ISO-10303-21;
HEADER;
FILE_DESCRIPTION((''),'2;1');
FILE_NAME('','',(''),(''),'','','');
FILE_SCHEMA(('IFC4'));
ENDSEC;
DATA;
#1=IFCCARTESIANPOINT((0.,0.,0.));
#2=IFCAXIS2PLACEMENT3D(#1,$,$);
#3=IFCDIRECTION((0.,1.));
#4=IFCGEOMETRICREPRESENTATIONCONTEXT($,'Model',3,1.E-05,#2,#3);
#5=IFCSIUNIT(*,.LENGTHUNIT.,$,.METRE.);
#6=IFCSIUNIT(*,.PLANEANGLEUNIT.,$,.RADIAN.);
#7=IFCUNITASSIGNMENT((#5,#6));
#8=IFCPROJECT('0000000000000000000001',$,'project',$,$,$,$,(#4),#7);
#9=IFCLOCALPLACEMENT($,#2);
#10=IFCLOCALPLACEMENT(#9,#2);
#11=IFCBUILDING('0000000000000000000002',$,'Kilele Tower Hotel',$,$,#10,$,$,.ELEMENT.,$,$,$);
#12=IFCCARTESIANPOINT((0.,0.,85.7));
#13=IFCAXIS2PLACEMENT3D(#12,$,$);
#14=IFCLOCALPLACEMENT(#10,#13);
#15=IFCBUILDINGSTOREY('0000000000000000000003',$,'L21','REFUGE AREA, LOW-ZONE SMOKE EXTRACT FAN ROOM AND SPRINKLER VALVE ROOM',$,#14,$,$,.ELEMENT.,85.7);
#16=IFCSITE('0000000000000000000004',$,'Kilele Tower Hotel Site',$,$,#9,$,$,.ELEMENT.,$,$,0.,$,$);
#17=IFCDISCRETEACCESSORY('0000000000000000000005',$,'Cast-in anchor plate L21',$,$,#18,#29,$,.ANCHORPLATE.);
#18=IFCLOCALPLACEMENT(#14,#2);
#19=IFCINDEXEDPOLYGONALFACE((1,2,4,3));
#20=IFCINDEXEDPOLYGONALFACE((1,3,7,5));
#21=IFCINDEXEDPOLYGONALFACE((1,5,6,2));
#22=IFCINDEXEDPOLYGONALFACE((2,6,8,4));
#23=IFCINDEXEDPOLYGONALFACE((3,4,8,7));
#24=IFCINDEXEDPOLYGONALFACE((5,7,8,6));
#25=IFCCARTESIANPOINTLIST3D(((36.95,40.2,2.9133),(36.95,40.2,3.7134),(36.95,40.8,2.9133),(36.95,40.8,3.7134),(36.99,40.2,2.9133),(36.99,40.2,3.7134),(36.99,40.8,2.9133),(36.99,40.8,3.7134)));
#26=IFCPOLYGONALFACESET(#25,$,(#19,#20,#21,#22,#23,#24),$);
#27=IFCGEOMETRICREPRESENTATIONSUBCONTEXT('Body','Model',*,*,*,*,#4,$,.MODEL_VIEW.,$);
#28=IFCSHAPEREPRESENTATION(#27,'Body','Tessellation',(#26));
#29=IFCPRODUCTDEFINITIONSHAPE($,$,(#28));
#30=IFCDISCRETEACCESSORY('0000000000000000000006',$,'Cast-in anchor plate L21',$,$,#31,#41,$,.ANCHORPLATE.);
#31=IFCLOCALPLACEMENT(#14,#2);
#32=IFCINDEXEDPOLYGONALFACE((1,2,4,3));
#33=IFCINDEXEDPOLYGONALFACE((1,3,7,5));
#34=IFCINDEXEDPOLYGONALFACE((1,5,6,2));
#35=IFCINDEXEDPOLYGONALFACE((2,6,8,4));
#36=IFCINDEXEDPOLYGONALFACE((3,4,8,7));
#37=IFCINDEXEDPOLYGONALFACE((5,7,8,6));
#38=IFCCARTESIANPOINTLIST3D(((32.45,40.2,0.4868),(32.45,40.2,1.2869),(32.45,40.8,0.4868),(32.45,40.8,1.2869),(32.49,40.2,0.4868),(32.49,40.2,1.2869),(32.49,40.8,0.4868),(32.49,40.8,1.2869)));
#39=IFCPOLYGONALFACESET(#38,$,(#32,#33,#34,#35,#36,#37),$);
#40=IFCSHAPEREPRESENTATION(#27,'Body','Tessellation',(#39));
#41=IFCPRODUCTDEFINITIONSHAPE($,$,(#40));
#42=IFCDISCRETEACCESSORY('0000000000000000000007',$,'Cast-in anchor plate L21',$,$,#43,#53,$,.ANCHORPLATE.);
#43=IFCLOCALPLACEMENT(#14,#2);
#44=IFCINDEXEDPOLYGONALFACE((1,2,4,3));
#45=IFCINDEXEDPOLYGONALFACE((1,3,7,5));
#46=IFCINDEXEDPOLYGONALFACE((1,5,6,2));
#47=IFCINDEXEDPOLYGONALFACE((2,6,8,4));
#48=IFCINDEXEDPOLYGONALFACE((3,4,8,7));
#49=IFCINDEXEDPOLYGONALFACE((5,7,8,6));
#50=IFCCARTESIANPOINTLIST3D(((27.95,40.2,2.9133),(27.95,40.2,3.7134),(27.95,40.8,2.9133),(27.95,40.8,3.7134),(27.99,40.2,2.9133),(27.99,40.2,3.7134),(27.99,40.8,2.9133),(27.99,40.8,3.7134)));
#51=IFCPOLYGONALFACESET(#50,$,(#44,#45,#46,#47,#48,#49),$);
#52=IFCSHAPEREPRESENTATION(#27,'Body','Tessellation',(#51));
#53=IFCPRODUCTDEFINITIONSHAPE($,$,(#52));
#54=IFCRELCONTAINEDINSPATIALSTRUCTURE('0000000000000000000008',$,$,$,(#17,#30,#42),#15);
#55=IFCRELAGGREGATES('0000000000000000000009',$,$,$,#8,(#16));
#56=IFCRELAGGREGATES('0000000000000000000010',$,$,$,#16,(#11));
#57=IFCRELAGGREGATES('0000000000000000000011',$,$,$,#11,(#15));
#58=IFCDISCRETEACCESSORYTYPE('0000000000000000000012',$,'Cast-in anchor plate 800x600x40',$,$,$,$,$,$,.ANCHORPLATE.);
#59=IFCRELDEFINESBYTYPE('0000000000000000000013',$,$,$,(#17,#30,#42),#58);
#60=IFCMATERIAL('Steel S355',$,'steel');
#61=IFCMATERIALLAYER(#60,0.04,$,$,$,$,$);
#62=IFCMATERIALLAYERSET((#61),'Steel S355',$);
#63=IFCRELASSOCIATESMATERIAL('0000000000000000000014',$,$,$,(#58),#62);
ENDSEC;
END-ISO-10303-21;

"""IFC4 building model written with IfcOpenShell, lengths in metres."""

from ifc_helpers import new_model, si_unit, direction, frame, origin, place, context, subcontext, project, spatial, polyline, outline, extrude, source, transform, mapped, material, layer, layer_set, type_object, element, save


model = new_model("IFC4")

# Units and contexts
model_context = context("Model", 3, precision=1e-05, world=origin(), true_north=direction((0.0, 1.0)))
body_context = subcontext(model_context, "Body", "Model", "MODEL_VIEW")
ifc_project = project(units=[si_unit("LENGTHUNIT", "METRE"), si_unit("PLANEANGLEUNIT", "RADIAN")], contexts=[model_context])

# Site, building, storey
site_placement = place(None, origin())
site = spatial("IfcSite", under=ifc_project, at=site_placement, Name="Kilele Tower Hotel Site", CompositionType="ELEMENT", RefElevation=0.0)
building_placement = place(site_placement, origin())
building = spatial("IfcBuilding", under=site, at=building_placement, Name="Kilele Tower Hotel", CompositionType="ELEMENT")
storey_placement = place(building_placement, frame((0.0, 0.0, 85.7)))
storey = spatial("IfcBuildingStorey", under=building, at=storey_placement, Name="L21", Description="REFUGE AREA, LOW-ZONE SMOKE EXTRACT FAN ROOM AND SPRINKLER VALVE ROOM", CompositionType="ELEMENT", Elevation=85.7)

# Discrete accessories
ifc_material_1 = material(Name="Steel S355", Category="steel")
ifc_layer_1 = layer(ifc_material_1, 0.04)
ifc_layer_set_1 = layer_set([ifc_layer_1], Name="Steel S355")
discrete_accessory_type_1 = type_object("IfcDiscreteAccessoryType", Name="Cast-in anchor plate 800x600x40", PredefinedType="ANCHORPLATE", material=ifc_layer_set_1)
shared_shape_1 = source(origin(), body_context, "Body", "SweptSolid", [
    extrude(outline(polyline([(0.0, 0.0), (0.04, 0.0), (0.04, 0.8), (0.0, 0.8), (0.0, 0.0)])), origin(), (0.0, 0.0, 1.0), 0.6001),
])
for number, where, z_axis, x_axis, name in (
    (1, (36.95, 40.8, 2.9133), (0.0, -1.0, 0.0), (1.0, 0.0, 0.0), "Cast-in anchor plate L21"),
    (2, (32.45, 40.8, 0.4868), (0.0, -1.0, 0.0), (1.0, 0.0, 0.0), "Cast-in anchor plate L21"),
    (3, (27.95, 40.8, 2.9133), (0.0, -1.0, 0.0), (1.0, 0.0, 0.0), "Cast-in anchor plate L21"),
):
    element("IfcDiscreteAccessory", number, at=place(storey_placement, frame(where, z_axis=z_axis, x_axis=x_axis)), inside=storey, type_object=discrete_accessory_type_1, Name=name, PredefinedType="ANCHORPLATE", context=body_context, shape_type="MappedRepresentation", body=[
        mapped(shared_shape_1, transform((0.0, 0.0, 0.0))),
    ])

save(model, "model.ifc")
